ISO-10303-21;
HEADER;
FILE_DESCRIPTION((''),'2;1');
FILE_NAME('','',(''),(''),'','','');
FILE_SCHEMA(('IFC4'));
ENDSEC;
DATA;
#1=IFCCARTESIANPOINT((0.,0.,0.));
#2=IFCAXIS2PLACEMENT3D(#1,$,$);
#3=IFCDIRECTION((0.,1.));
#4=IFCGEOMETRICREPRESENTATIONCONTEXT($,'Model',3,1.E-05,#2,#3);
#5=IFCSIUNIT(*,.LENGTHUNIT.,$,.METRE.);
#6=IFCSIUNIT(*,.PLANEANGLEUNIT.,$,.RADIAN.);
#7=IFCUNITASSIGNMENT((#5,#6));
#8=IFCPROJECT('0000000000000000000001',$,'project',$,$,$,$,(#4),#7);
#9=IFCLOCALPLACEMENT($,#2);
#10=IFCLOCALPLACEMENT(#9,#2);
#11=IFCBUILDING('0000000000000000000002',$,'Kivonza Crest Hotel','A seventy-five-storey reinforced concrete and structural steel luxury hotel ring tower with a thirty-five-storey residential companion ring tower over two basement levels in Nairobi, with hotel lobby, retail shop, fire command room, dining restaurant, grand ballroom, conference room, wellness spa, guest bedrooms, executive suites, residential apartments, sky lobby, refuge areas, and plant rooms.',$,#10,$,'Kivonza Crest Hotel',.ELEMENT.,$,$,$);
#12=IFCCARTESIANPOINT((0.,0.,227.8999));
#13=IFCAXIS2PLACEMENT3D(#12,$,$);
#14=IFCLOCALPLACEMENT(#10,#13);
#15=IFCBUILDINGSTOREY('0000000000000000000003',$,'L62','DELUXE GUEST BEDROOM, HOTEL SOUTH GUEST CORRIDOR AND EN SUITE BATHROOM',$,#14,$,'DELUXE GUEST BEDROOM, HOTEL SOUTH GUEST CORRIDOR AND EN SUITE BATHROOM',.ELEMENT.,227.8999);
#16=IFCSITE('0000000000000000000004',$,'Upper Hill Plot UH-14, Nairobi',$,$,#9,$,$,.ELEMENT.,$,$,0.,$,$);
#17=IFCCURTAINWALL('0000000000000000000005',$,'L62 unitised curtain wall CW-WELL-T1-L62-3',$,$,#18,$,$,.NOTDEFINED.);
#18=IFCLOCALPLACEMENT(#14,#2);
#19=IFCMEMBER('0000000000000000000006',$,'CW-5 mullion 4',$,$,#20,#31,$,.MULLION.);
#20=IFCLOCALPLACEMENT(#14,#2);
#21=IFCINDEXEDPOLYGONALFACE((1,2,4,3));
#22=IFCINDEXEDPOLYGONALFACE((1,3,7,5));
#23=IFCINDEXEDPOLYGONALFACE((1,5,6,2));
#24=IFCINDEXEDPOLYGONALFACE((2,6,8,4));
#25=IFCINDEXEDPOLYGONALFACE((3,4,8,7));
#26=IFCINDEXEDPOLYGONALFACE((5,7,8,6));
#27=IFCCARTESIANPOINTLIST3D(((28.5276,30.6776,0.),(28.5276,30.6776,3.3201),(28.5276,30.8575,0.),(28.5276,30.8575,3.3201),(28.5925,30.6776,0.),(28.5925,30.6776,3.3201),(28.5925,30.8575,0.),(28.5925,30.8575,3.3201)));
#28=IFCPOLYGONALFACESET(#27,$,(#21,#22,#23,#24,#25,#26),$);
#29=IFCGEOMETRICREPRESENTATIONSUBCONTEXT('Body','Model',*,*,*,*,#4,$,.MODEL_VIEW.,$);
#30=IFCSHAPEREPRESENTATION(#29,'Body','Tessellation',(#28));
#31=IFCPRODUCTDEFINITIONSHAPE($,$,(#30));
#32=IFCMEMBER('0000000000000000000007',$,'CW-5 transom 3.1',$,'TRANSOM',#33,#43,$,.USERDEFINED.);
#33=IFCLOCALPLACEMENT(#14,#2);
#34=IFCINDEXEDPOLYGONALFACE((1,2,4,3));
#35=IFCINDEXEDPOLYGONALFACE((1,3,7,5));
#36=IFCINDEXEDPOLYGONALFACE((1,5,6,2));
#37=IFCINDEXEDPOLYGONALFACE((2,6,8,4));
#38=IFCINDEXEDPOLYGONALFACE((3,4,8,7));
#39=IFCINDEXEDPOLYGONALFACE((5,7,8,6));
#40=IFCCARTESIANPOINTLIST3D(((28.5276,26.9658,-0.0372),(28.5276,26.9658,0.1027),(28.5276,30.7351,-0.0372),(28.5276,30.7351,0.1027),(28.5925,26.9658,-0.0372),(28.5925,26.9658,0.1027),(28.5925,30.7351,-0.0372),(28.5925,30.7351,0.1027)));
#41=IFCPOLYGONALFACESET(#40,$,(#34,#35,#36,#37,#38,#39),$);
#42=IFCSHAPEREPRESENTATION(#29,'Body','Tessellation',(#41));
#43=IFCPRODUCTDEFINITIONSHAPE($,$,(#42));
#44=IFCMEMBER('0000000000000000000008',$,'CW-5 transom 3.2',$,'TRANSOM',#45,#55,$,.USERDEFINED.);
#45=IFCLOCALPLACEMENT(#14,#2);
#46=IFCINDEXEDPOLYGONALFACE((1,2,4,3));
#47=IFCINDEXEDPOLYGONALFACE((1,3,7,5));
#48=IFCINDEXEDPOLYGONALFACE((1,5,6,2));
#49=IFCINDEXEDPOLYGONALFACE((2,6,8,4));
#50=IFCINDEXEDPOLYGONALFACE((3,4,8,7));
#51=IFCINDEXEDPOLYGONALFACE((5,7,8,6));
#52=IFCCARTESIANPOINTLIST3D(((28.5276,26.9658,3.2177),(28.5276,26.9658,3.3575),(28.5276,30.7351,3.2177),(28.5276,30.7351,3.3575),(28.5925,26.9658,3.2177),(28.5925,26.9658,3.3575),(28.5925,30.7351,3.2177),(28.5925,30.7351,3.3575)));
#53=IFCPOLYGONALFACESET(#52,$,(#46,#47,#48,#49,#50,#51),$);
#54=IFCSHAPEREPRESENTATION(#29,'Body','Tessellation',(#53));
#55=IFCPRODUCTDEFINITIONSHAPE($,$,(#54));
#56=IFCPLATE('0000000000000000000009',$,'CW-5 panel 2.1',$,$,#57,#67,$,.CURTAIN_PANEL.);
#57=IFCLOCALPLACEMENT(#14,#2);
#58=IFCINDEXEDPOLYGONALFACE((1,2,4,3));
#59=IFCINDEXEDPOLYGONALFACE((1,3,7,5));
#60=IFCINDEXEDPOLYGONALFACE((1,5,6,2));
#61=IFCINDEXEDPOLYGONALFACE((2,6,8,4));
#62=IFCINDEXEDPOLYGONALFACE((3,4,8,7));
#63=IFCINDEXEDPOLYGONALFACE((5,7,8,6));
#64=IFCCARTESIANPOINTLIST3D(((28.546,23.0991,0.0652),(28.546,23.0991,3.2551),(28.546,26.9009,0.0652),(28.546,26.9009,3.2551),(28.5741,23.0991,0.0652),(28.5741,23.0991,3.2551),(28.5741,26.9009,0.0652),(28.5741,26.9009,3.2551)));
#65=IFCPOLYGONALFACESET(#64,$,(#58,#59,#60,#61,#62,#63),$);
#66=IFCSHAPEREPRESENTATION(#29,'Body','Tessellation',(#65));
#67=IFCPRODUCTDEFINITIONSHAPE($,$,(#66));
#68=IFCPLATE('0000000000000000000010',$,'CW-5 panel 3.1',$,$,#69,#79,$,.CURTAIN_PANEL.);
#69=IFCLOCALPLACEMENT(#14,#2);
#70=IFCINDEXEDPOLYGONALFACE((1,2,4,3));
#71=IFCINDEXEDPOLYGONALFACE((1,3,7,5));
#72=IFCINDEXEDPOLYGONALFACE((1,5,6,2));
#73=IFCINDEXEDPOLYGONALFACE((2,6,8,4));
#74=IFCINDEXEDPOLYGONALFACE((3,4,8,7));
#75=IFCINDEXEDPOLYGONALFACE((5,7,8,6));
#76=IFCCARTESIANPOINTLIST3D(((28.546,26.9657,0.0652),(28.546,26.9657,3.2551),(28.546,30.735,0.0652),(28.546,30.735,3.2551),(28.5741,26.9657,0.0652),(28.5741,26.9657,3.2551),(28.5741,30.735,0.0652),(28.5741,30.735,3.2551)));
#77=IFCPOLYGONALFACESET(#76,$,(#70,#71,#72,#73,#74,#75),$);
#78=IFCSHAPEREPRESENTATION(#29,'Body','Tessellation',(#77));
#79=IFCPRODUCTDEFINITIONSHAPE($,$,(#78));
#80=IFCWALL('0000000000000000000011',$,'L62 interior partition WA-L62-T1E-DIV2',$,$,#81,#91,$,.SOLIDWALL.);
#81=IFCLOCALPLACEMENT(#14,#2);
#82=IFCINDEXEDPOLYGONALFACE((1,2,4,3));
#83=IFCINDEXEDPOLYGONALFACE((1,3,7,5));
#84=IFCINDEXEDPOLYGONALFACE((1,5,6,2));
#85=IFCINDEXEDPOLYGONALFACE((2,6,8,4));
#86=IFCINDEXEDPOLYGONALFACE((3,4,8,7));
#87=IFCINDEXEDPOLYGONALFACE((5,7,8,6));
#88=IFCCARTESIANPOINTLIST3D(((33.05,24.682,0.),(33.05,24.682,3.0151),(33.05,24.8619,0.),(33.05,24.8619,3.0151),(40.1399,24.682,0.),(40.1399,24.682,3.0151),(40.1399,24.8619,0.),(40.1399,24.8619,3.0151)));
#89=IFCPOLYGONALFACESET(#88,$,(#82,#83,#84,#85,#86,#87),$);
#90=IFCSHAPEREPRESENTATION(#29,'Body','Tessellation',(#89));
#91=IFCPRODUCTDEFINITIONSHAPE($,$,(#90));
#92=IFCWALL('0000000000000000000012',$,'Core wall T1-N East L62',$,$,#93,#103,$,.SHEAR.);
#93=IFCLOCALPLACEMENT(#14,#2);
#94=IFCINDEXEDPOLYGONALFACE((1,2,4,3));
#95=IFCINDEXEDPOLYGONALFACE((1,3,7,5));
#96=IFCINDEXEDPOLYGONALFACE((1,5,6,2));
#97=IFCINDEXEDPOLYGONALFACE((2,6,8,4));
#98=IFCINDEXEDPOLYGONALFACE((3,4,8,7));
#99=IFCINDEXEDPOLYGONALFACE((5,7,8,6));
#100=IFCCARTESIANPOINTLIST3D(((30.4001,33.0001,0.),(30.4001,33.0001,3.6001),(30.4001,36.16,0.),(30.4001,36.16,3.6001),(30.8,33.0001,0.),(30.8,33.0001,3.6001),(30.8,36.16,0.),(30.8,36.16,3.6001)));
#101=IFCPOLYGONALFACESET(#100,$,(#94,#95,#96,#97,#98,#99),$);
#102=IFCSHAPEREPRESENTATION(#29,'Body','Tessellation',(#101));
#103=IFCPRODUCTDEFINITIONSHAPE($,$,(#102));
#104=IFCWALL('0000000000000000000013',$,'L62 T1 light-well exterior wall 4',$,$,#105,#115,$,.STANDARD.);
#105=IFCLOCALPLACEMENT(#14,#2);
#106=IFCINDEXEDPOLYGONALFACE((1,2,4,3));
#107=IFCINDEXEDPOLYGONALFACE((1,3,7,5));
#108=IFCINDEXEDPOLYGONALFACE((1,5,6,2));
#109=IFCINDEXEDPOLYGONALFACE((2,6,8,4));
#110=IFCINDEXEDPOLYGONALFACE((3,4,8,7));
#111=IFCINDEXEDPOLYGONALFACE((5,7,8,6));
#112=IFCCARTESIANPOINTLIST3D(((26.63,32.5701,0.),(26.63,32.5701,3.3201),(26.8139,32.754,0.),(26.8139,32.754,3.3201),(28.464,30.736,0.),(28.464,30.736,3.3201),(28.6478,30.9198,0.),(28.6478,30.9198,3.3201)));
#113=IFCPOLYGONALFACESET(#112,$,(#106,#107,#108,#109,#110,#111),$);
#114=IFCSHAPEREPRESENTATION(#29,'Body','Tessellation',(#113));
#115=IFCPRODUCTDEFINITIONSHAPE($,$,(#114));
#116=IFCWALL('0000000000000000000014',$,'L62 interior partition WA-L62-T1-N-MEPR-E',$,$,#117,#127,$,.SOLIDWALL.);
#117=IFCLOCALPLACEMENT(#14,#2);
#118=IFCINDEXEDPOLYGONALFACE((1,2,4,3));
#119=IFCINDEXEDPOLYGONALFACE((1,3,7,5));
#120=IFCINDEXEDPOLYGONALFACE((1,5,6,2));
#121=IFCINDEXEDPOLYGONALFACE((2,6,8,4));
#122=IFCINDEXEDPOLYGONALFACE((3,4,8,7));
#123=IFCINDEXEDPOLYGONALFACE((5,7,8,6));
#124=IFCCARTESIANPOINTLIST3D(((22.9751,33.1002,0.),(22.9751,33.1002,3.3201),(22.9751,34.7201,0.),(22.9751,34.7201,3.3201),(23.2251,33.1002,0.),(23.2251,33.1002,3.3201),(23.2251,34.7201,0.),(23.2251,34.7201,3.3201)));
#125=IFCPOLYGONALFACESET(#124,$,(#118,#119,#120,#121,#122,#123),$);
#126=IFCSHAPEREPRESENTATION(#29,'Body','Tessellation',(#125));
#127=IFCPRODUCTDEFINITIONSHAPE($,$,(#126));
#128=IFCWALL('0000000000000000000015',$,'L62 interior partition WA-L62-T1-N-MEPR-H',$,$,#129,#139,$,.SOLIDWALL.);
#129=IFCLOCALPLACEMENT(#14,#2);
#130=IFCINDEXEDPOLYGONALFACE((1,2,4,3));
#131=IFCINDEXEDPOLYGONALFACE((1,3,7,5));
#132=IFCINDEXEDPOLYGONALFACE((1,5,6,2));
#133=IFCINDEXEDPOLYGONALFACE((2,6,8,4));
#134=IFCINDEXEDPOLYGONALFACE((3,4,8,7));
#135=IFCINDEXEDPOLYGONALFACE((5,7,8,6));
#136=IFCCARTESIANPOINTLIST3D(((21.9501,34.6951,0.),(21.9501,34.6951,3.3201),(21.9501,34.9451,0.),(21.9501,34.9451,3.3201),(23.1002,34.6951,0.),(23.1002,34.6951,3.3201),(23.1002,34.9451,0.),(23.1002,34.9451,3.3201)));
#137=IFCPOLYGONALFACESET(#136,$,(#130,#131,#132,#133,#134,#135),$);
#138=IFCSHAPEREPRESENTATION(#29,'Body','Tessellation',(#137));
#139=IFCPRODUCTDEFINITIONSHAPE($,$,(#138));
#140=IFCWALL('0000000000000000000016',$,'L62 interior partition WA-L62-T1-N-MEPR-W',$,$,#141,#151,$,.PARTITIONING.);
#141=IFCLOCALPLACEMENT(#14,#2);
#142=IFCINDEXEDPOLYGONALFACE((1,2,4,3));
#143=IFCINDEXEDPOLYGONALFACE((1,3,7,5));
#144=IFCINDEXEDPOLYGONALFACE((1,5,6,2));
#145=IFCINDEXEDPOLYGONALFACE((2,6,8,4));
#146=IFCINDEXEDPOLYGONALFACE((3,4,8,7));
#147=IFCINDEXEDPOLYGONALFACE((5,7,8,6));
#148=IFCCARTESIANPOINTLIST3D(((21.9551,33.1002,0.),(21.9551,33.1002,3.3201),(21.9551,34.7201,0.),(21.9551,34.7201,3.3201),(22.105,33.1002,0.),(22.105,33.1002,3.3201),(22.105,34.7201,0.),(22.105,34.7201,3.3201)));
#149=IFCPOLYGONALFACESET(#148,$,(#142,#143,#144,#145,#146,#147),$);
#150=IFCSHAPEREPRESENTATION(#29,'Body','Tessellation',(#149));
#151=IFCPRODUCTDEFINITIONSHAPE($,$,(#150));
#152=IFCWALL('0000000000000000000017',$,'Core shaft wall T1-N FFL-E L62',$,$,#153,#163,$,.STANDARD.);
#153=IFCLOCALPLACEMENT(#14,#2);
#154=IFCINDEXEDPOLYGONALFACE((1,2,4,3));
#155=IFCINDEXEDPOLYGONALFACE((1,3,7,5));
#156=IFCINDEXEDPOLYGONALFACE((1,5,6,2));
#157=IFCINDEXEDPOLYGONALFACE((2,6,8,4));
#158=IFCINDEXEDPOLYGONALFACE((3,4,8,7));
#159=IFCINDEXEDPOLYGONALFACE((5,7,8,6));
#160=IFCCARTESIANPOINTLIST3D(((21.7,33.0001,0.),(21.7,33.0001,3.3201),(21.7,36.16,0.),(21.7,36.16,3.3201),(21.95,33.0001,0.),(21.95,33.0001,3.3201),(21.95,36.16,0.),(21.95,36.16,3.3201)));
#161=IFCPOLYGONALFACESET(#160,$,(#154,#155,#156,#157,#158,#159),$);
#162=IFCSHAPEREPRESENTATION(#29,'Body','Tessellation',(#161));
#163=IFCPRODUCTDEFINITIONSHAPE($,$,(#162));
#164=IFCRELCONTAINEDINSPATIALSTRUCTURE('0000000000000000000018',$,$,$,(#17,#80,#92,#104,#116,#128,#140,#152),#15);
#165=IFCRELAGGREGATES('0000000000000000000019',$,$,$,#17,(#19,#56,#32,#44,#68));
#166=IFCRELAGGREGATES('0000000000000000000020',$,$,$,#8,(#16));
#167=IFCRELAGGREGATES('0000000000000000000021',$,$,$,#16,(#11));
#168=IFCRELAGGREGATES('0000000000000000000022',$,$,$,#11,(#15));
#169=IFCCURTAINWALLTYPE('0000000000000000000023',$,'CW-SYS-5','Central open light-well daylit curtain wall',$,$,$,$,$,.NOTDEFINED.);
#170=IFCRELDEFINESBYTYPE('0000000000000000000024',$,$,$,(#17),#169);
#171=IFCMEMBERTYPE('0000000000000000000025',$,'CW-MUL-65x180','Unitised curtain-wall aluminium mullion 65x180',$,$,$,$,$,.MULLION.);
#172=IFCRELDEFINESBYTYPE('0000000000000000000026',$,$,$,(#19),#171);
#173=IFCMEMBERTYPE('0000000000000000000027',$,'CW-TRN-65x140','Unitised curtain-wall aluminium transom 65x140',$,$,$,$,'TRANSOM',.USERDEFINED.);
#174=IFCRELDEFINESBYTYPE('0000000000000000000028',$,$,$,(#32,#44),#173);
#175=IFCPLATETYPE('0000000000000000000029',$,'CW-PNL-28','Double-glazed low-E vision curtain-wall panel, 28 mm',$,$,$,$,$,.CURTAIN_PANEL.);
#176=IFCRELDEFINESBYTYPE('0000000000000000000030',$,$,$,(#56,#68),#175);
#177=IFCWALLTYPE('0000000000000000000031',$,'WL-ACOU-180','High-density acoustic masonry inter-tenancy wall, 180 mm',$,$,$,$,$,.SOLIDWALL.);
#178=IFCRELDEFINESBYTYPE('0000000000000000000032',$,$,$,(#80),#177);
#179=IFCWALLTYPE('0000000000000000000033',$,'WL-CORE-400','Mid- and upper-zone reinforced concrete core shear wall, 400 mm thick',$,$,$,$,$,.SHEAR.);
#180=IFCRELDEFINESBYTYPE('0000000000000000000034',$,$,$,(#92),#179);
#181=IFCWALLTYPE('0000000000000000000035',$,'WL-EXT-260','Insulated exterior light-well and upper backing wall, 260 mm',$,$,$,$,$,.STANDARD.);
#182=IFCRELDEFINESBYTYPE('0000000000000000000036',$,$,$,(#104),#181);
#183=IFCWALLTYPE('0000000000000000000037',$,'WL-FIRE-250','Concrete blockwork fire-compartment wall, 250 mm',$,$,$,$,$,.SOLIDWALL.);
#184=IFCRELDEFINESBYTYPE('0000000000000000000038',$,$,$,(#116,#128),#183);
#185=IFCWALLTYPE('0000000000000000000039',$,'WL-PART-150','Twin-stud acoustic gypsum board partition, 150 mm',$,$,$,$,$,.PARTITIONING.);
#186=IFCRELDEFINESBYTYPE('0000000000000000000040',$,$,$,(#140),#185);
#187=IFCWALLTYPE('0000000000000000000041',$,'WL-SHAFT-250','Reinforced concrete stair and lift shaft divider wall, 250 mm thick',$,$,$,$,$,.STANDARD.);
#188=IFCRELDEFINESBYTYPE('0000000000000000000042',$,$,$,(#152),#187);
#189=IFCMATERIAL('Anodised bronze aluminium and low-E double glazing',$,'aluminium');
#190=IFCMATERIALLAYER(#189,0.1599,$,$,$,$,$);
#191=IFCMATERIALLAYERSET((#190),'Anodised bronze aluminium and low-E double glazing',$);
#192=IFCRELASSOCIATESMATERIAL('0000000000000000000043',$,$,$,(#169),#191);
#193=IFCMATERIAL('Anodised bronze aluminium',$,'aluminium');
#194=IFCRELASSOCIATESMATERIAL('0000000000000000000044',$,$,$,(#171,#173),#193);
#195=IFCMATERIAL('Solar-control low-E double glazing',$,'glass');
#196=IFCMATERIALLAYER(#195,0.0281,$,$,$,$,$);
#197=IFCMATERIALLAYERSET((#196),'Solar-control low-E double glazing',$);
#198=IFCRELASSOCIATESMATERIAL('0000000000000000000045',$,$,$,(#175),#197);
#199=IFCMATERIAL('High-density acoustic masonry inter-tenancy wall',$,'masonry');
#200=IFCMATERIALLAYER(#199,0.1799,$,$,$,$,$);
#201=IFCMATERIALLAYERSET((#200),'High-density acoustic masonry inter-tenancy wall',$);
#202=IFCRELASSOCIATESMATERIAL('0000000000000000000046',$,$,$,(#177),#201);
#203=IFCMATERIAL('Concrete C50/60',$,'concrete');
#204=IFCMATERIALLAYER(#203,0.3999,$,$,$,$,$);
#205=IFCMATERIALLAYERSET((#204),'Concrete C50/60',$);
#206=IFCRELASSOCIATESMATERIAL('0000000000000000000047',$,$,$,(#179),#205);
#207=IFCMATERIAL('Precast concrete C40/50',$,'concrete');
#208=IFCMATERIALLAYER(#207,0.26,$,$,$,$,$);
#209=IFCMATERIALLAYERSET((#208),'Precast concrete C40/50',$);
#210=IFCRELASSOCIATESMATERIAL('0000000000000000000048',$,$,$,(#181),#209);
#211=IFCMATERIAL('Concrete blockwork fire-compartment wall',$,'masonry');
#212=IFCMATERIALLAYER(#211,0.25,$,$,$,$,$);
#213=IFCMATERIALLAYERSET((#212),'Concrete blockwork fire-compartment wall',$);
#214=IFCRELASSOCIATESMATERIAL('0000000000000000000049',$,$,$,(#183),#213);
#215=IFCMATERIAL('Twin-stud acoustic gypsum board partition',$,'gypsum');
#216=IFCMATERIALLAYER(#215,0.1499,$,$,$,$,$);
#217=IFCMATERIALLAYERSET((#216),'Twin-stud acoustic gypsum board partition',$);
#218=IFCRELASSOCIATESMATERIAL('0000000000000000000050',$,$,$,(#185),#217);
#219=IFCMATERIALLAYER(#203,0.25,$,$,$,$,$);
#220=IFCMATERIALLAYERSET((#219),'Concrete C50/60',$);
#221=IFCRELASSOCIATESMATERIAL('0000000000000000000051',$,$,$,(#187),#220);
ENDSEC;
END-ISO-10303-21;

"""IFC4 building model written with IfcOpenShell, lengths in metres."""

from ifc_helpers import new_model, si_unit, direction, frame, frame_2d, origin, origin_2d, place, context, subcontext, project, spatial, rectangle, extrude, material, layer, layer_set, material_profile, profile_set, type_object, element, aggregate, save


model = new_model("IFC4")

# Units and contexts
model_context = context("Model", 3, precision=1e-05, world=origin(), true_north=direction((0.0, 1.0)))
body_context = subcontext(model_context, "Body", "Model", "MODEL_VIEW")
ifc_project = project(units=[si_unit("LENGTHUNIT", "METRE"), si_unit("PLANEANGLEUNIT", "RADIAN")], contexts=[model_context])

# Site, building, storey
site_placement = place(None, origin())
site = spatial("IfcSite", under=ifc_project, at=site_placement, Name="Upper Hill Plot UH-14, Nairobi", CompositionType="ELEMENT", RefElevation=0.0)
building_placement = place(site_placement, origin())
building = spatial("IfcBuilding", under=site, at=building_placement, Name="Kivonza Crest Hotel", Description="A seventy-five-storey reinforced concrete and structural steel luxury hotel ring tower with a thirty-five-storey residential companion ring tower over two basement levels in Nairobi, with hotel lobby, retail shop, fire command room, dining restaurant, grand ballroom, conference room, wellness spa, guest bedrooms, executive suites, residential apartments, sky lobby, refuge areas, and plant rooms.", LongName="Kivonza Crest Hotel", CompositionType="ELEMENT")
storey_placement = place(building_placement, frame((0.0, 0.0, 227.8999)))
storey = spatial("IfcBuildingStorey", under=building, at=storey_placement, Name="L62", Description="DELUXE GUEST BEDROOM, HOTEL SOUTH GUEST CORRIDOR AND EN SUITE BATHROOM", LongName="DELUXE GUEST BEDROOM, HOTEL SOUTH GUEST CORRIDOR AND EN SUITE BATHROOM", CompositionType="ELEMENT", Elevation=227.8999)

# Shared definitions
ifc_material_1 = material(Name="Concrete C50/60", Category="concrete")

# Curtain wall, members, plates
ifc_material_2 = material(Name="Anodised bronze aluminium and low-E double glazing", Category="aluminium")
ifc_layer_1 = layer(ifc_material_2, 0.1599)
ifc_layer_set_1 = layer_set([ifc_layer_1], Name="Anodised bronze aluminium and low-E double glazing")
curtain_wall_type = type_object("IfcCurtainWallType", Name="CW-SYS-5", Description="Central open light-well daylit curtain wall", PredefinedType="NOTDEFINED", material=ifc_layer_set_1)
curtain_wall_placement = place(storey_placement, origin())
curtain_wall = element("IfcCurtainWall", 1, at=curtain_wall_placement, inside=storey, type_object=curtain_wall_type, Name="L62 unitised curtain wall CW-WELL-T1-L62-3", PredefinedType="NOTDEFINED")
ifc_material_3 = material(Name="Anodised bronze aluminium", Category="aluminium")
ifc_material_profile_1 = material_profile(ifc_material_3, rectangle(XDim=0.0649, YDim=0.1799, at=origin_2d()), Name="CW-M 65x180")
ifc_profile_set_1 = profile_set([ifc_material_profile_1], Name="Anodised bronze aluminium")
member_type_1 = type_object("IfcMemberType", Name="CW-MUL-65x180", Description="Unitised curtain-wall aluminium mullion 65x180", PredefinedType="MULLION", material=ifc_profile_set_1)
member_1_placement = place(storey_placement, frame((28.5601, 30.7676, 0.0), z_axis=(0.0, 0.0, 1.0), x_axis=(-1.0, 0.0, 0.0)))
member_1 = element("IfcMember", 2, at=member_1_placement, type_object=member_type_1, Name="CW-5 mullion 4", PredefinedType="MULLION", context=body_context, shape_type="SweptSolid", body=[
    extrude(rectangle(XDim=0.0649, YDim=0.1799, at=origin_2d()), origin(), (0.0, 0.0, 1.0), 3.3201),
])
ifc_material_profile_2 = material_profile(ifc_material_3, rectangle(XDim=0.0649, YDim=0.1399, at=origin_2d()), Name="CW-T 65x140")
ifc_profile_set_2 = profile_set([ifc_material_profile_2], Name="Anodised bronze aluminium")
member_type_2 = type_object("IfcMemberType", Name="CW-TRN-65x140", Description="Unitised curtain-wall aluminium transom 65x140", ElementType="TRANSOM", PredefinedType="USERDEFINED", material=ifc_profile_set_2)
member_2_placement = place(storey_placement, frame((28.5601, 26.9658, 0.0327), z_axis=(0.0, 1.0, 0.0), x_axis=(-1.0, 0.0, 0.0)))
member_2 = element("IfcMember", 3, at=member_2_placement, type_object=member_type_2, Name="CW-5 transom 3.1", ObjectType="TRANSOM", PredefinedType="USERDEFINED", context=body_context, shape_type="SweptSolid", body=[
    extrude(rectangle(XDim=0.0649, YDim=0.1399, at=origin_2d()), origin(), (0.0, 0.0, 1.0), 3.7693),
])
member_3_placement = place(storey_placement, frame((28.5601, 26.9658, 3.2876), z_axis=(0.0, 1.0, 0.0), x_axis=(-1.0, 0.0, 0.0)))
member_3 = element("IfcMember", 4, at=member_3_placement, type_object=member_type_2, Name="CW-5 transom 3.2", ObjectType="TRANSOM", PredefinedType="USERDEFINED", context=body_context, shape_type="SweptSolid", body=[
    extrude(rectangle(XDim=0.0649, YDim=0.1399, at=origin_2d()), origin(), (0.0, 0.0, 1.0), 3.7693),
])
ifc_material_4 = material(Name="Solar-control low-E double glazing", Category="glass")
ifc_layer_2 = layer(ifc_material_4, 0.0281)
ifc_layer_set_2 = layer_set([ifc_layer_2], Name="Solar-control low-E double glazing")
plate_type = type_object("IfcPlateType", Name="CW-PNL-28", Description="Double-glazed low-E vision curtain-wall panel, 28 mm", PredefinedType="CURTAIN_PANEL", material=ifc_layer_set_2)
plate_1_placement = place(storey_placement, frame((28.5601, 25.0, 0.0652), z_axis=(0.0, 0.0, 1.0), x_axis=(0.0, 1.0, 0.0)))
plate_1 = element("IfcPlate", 5, at=plate_1_placement, type_object=plate_type, Name="CW-5 panel 2.1", PredefinedType="CURTAIN_PANEL", context=body_context, shape_type="SweptSolid", body=[
    extrude(rectangle(XDim=3.8018, YDim=0.0281, at=origin_2d()), origin(), (0.0, 0.0, 1.0), 3.1899),
])
plate_2_placement = place(storey_placement, frame((28.5601, 28.8503, 0.0652), z_axis=(0.0, 0.0, 1.0), x_axis=(0.0, 1.0, 0.0)))
plate_2 = element("IfcPlate", 6, at=plate_2_placement, type_object=plate_type, Name="CW-5 panel 3.1", PredefinedType="CURTAIN_PANEL", context=body_context, shape_type="SweptSolid", body=[
    extrude(rectangle(XDim=3.7693, YDim=0.0281, at=origin_2d()), origin(), (0.0, 0.0, 1.0), 3.1899),
])
aggregate(curtain_wall, [member_1, plate_1, member_2, member_3, plate_2])

# Walls
ifc_material_5 = material(Name="High-density acoustic masonry inter-tenancy wall", Category="masonry")
ifc_layer_3 = layer(ifc_material_5, 0.1799)
ifc_layer_set_3 = layer_set([ifc_layer_3], Name="High-density acoustic masonry inter-tenancy wall")
wall_type_1 = type_object("IfcWallType", Name="WL-ACOU-180", Description="High-density acoustic masonry inter-tenancy wall, 180 mm", PredefinedType="SOLIDWALL", material=ifc_layer_set_3)
wall_1_placement = place(storey_placement, frame((33.05, 24.772, 0.0), z_axis=(0.0, 0.0, 1.0), x_axis=(1.0, 0.0, 0.0)))
element("IfcWall", 7, at=wall_1_placement, inside=storey, type_object=wall_type_1, Name="L62 interior partition WA-L62-T1E-DIV2", PredefinedType="SOLIDWALL", context=body_context, shape_type="SweptSolid", body=[
    extrude(rectangle(XDim=7.0898, YDim=0.1799, at=frame_2d((3.5449, 0.0))), origin(), (0.0, 0.0, 1.0), 3.0151),
])
ifc_layer_4 = layer(ifc_material_1, 0.3999)
ifc_layer_set_4 = layer_set([ifc_layer_4], Name="Concrete C50/60")
wall_type_2 = type_object("IfcWallType", Name="WL-CORE-400", Description="Mid- and upper-zone reinforced concrete core shear wall, 400 mm thick", PredefinedType="SHEAR", material=ifc_layer_set_4)
wall_2_placement = place(storey_placement, frame((30.6001, 33.0, 0.0), z_axis=(0.0, 0.0, 1.0), x_axis=(0.0, 1.0, 0.0)))
element("IfcWall", 8, at=wall_2_placement, inside=storey, type_object=wall_type_2, Name="Core wall T1-N East L62", PredefinedType="SHEAR", context=body_context, shape_type="SweptSolid", body=[
    extrude(rectangle(XDim=3.1599, YDim=0.3999, at=frame_2d((1.5801, 0.0))), origin(), (0.0, 0.0, 1.0), 3.6001),
])
ifc_material_6 = material(Name="Precast concrete C40/50", Category="concrete")
ifc_layer_5 = layer(ifc_material_6, 0.26)
ifc_layer_set_5 = layer_set([ifc_layer_5], Name="Precast concrete C40/50")
wall_type_3 = type_object("IfcWallType", Name="WL-EXT-260", Description="Insulated exterior light-well and upper backing wall, 260 mm", PredefinedType="STANDARD", material=ifc_layer_set_5)
wall_3_placement = place(storey_placement, frame((28.5559, 30.8279, 0.0), z_axis=(0.0, 0.0, 1.0), x_axis=(-0.70706, 0.707154, 0.0)))
element("IfcWall", 9, at=wall_3_placement, inside=storey, type_object=wall_type_3, Name="L62 T1 light-well exterior wall 4", PredefinedType="STANDARD", context=body_context, shape_type="SweptSolid", body=[
    extrude(rectangle(XDim=2.5938, YDim=0.26, at=frame_2d((1.2969, 0.0))), origin(), (0.0, 0.0, 1.0), 3.3201),
])
ifc_material_7 = material(Name="Concrete blockwork fire-compartment wall", Category="masonry")
ifc_layer_6 = layer(ifc_material_7, 0.25)
ifc_layer_set_6 = layer_set([ifc_layer_6], Name="Concrete blockwork fire-compartment wall")
wall_type_4 = type_object("IfcWallType", Name="WL-FIRE-250", Description="Concrete blockwork fire-compartment wall, 250 mm", PredefinedType="SOLIDWALL", material=ifc_layer_set_6)
wall_4_placement = place(storey_placement, frame((23.1001, 33.1001, 0.0), z_axis=(0.0, 0.0, 1.0), x_axis=(0.0, 1.0, 0.0)))
element("IfcWall", 10, at=wall_4_placement, inside=storey, type_object=wall_type_4, Name="L62 interior partition WA-L62-T1-N-MEPR-E", PredefinedType="SOLIDWALL", context=body_context, shape_type="SweptSolid", body=[
    extrude(rectangle(XDim=1.6199, YDim=0.25, at=frame_2d((0.8101, 0.0))), origin(), (0.0, 0.0, 1.0), 3.3201),
])
wall_5_placement = place(storey_placement, frame((21.95, 34.8201, 0.0), z_axis=(0.0, 0.0, 1.0), x_axis=(1.0, 0.0, 0.0)))
element("IfcWall", 11, at=wall_5_placement, inside=storey, type_object=wall_type_4, Name="L62 interior partition WA-L62-T1-N-MEPR-H", PredefinedType="SOLIDWALL", context=body_context, shape_type="SweptSolid", body=[
    extrude(rectangle(XDim=1.1501, YDim=0.25, at=frame_2d((0.5752, 0.0))), origin(), (0.0, 0.0, 1.0), 3.3201),
])
ifc_material_8 = material(Name="Twin-stud acoustic gypsum board partition", Category="gypsum")
ifc_layer_7 = layer(ifc_material_8, 0.1499)
ifc_layer_set_7 = layer_set([ifc_layer_7], Name="Twin-stud acoustic gypsum board partition")
wall_type_5 = type_object("IfcWallType", Name="WL-PART-150", Description="Twin-stud acoustic gypsum board partition, 150 mm", PredefinedType="PARTITIONING", material=ifc_layer_set_7)
wall_6_placement = place(storey_placement, frame((22.03, 33.1001, 0.0), z_axis=(0.0, 0.0, 1.0), x_axis=(0.0, 1.0, 0.0)))
element("IfcWall", 12, at=wall_6_placement, inside=storey, type_object=wall_type_5, Name="L62 interior partition WA-L62-T1-N-MEPR-W", PredefinedType="PARTITIONING", context=body_context, shape_type="SweptSolid", body=[
    extrude(rectangle(XDim=1.6199, YDim=0.1499, at=frame_2d((0.8101, 0.0))), origin(), (0.0, 0.0, 1.0), 3.3201),
])
ifc_layer_8 = layer(ifc_material_1, 0.25)
ifc_layer_set_8 = layer_set([ifc_layer_8], Name="Concrete C50/60")
wall_type_6 = type_object("IfcWallType", Name="WL-SHAFT-250", Description="Reinforced concrete stair and lift shaft divider wall, 250 mm thick", PredefinedType="STANDARD", material=ifc_layer_set_8)
wall_7_placement = place(storey_placement, frame((21.825, 33.0, 0.0), z_axis=(0.0, 0.0, 1.0), x_axis=(0.0, 1.0, 0.0)))
element("IfcWall", 13, at=wall_7_placement, inside=storey, type_object=wall_type_6, Name="Core shaft wall T1-N FFL-E L62", PredefinedType="STANDARD", context=body_context, shape_type="SweptSolid", body=[
    extrude(rectangle(XDim=3.1599, YDim=0.25, at=frame_2d((1.5801, 0.0))), origin(), (0.0, 0.0, 1.0), 3.3201),
])

save(model, "model.ifc")
